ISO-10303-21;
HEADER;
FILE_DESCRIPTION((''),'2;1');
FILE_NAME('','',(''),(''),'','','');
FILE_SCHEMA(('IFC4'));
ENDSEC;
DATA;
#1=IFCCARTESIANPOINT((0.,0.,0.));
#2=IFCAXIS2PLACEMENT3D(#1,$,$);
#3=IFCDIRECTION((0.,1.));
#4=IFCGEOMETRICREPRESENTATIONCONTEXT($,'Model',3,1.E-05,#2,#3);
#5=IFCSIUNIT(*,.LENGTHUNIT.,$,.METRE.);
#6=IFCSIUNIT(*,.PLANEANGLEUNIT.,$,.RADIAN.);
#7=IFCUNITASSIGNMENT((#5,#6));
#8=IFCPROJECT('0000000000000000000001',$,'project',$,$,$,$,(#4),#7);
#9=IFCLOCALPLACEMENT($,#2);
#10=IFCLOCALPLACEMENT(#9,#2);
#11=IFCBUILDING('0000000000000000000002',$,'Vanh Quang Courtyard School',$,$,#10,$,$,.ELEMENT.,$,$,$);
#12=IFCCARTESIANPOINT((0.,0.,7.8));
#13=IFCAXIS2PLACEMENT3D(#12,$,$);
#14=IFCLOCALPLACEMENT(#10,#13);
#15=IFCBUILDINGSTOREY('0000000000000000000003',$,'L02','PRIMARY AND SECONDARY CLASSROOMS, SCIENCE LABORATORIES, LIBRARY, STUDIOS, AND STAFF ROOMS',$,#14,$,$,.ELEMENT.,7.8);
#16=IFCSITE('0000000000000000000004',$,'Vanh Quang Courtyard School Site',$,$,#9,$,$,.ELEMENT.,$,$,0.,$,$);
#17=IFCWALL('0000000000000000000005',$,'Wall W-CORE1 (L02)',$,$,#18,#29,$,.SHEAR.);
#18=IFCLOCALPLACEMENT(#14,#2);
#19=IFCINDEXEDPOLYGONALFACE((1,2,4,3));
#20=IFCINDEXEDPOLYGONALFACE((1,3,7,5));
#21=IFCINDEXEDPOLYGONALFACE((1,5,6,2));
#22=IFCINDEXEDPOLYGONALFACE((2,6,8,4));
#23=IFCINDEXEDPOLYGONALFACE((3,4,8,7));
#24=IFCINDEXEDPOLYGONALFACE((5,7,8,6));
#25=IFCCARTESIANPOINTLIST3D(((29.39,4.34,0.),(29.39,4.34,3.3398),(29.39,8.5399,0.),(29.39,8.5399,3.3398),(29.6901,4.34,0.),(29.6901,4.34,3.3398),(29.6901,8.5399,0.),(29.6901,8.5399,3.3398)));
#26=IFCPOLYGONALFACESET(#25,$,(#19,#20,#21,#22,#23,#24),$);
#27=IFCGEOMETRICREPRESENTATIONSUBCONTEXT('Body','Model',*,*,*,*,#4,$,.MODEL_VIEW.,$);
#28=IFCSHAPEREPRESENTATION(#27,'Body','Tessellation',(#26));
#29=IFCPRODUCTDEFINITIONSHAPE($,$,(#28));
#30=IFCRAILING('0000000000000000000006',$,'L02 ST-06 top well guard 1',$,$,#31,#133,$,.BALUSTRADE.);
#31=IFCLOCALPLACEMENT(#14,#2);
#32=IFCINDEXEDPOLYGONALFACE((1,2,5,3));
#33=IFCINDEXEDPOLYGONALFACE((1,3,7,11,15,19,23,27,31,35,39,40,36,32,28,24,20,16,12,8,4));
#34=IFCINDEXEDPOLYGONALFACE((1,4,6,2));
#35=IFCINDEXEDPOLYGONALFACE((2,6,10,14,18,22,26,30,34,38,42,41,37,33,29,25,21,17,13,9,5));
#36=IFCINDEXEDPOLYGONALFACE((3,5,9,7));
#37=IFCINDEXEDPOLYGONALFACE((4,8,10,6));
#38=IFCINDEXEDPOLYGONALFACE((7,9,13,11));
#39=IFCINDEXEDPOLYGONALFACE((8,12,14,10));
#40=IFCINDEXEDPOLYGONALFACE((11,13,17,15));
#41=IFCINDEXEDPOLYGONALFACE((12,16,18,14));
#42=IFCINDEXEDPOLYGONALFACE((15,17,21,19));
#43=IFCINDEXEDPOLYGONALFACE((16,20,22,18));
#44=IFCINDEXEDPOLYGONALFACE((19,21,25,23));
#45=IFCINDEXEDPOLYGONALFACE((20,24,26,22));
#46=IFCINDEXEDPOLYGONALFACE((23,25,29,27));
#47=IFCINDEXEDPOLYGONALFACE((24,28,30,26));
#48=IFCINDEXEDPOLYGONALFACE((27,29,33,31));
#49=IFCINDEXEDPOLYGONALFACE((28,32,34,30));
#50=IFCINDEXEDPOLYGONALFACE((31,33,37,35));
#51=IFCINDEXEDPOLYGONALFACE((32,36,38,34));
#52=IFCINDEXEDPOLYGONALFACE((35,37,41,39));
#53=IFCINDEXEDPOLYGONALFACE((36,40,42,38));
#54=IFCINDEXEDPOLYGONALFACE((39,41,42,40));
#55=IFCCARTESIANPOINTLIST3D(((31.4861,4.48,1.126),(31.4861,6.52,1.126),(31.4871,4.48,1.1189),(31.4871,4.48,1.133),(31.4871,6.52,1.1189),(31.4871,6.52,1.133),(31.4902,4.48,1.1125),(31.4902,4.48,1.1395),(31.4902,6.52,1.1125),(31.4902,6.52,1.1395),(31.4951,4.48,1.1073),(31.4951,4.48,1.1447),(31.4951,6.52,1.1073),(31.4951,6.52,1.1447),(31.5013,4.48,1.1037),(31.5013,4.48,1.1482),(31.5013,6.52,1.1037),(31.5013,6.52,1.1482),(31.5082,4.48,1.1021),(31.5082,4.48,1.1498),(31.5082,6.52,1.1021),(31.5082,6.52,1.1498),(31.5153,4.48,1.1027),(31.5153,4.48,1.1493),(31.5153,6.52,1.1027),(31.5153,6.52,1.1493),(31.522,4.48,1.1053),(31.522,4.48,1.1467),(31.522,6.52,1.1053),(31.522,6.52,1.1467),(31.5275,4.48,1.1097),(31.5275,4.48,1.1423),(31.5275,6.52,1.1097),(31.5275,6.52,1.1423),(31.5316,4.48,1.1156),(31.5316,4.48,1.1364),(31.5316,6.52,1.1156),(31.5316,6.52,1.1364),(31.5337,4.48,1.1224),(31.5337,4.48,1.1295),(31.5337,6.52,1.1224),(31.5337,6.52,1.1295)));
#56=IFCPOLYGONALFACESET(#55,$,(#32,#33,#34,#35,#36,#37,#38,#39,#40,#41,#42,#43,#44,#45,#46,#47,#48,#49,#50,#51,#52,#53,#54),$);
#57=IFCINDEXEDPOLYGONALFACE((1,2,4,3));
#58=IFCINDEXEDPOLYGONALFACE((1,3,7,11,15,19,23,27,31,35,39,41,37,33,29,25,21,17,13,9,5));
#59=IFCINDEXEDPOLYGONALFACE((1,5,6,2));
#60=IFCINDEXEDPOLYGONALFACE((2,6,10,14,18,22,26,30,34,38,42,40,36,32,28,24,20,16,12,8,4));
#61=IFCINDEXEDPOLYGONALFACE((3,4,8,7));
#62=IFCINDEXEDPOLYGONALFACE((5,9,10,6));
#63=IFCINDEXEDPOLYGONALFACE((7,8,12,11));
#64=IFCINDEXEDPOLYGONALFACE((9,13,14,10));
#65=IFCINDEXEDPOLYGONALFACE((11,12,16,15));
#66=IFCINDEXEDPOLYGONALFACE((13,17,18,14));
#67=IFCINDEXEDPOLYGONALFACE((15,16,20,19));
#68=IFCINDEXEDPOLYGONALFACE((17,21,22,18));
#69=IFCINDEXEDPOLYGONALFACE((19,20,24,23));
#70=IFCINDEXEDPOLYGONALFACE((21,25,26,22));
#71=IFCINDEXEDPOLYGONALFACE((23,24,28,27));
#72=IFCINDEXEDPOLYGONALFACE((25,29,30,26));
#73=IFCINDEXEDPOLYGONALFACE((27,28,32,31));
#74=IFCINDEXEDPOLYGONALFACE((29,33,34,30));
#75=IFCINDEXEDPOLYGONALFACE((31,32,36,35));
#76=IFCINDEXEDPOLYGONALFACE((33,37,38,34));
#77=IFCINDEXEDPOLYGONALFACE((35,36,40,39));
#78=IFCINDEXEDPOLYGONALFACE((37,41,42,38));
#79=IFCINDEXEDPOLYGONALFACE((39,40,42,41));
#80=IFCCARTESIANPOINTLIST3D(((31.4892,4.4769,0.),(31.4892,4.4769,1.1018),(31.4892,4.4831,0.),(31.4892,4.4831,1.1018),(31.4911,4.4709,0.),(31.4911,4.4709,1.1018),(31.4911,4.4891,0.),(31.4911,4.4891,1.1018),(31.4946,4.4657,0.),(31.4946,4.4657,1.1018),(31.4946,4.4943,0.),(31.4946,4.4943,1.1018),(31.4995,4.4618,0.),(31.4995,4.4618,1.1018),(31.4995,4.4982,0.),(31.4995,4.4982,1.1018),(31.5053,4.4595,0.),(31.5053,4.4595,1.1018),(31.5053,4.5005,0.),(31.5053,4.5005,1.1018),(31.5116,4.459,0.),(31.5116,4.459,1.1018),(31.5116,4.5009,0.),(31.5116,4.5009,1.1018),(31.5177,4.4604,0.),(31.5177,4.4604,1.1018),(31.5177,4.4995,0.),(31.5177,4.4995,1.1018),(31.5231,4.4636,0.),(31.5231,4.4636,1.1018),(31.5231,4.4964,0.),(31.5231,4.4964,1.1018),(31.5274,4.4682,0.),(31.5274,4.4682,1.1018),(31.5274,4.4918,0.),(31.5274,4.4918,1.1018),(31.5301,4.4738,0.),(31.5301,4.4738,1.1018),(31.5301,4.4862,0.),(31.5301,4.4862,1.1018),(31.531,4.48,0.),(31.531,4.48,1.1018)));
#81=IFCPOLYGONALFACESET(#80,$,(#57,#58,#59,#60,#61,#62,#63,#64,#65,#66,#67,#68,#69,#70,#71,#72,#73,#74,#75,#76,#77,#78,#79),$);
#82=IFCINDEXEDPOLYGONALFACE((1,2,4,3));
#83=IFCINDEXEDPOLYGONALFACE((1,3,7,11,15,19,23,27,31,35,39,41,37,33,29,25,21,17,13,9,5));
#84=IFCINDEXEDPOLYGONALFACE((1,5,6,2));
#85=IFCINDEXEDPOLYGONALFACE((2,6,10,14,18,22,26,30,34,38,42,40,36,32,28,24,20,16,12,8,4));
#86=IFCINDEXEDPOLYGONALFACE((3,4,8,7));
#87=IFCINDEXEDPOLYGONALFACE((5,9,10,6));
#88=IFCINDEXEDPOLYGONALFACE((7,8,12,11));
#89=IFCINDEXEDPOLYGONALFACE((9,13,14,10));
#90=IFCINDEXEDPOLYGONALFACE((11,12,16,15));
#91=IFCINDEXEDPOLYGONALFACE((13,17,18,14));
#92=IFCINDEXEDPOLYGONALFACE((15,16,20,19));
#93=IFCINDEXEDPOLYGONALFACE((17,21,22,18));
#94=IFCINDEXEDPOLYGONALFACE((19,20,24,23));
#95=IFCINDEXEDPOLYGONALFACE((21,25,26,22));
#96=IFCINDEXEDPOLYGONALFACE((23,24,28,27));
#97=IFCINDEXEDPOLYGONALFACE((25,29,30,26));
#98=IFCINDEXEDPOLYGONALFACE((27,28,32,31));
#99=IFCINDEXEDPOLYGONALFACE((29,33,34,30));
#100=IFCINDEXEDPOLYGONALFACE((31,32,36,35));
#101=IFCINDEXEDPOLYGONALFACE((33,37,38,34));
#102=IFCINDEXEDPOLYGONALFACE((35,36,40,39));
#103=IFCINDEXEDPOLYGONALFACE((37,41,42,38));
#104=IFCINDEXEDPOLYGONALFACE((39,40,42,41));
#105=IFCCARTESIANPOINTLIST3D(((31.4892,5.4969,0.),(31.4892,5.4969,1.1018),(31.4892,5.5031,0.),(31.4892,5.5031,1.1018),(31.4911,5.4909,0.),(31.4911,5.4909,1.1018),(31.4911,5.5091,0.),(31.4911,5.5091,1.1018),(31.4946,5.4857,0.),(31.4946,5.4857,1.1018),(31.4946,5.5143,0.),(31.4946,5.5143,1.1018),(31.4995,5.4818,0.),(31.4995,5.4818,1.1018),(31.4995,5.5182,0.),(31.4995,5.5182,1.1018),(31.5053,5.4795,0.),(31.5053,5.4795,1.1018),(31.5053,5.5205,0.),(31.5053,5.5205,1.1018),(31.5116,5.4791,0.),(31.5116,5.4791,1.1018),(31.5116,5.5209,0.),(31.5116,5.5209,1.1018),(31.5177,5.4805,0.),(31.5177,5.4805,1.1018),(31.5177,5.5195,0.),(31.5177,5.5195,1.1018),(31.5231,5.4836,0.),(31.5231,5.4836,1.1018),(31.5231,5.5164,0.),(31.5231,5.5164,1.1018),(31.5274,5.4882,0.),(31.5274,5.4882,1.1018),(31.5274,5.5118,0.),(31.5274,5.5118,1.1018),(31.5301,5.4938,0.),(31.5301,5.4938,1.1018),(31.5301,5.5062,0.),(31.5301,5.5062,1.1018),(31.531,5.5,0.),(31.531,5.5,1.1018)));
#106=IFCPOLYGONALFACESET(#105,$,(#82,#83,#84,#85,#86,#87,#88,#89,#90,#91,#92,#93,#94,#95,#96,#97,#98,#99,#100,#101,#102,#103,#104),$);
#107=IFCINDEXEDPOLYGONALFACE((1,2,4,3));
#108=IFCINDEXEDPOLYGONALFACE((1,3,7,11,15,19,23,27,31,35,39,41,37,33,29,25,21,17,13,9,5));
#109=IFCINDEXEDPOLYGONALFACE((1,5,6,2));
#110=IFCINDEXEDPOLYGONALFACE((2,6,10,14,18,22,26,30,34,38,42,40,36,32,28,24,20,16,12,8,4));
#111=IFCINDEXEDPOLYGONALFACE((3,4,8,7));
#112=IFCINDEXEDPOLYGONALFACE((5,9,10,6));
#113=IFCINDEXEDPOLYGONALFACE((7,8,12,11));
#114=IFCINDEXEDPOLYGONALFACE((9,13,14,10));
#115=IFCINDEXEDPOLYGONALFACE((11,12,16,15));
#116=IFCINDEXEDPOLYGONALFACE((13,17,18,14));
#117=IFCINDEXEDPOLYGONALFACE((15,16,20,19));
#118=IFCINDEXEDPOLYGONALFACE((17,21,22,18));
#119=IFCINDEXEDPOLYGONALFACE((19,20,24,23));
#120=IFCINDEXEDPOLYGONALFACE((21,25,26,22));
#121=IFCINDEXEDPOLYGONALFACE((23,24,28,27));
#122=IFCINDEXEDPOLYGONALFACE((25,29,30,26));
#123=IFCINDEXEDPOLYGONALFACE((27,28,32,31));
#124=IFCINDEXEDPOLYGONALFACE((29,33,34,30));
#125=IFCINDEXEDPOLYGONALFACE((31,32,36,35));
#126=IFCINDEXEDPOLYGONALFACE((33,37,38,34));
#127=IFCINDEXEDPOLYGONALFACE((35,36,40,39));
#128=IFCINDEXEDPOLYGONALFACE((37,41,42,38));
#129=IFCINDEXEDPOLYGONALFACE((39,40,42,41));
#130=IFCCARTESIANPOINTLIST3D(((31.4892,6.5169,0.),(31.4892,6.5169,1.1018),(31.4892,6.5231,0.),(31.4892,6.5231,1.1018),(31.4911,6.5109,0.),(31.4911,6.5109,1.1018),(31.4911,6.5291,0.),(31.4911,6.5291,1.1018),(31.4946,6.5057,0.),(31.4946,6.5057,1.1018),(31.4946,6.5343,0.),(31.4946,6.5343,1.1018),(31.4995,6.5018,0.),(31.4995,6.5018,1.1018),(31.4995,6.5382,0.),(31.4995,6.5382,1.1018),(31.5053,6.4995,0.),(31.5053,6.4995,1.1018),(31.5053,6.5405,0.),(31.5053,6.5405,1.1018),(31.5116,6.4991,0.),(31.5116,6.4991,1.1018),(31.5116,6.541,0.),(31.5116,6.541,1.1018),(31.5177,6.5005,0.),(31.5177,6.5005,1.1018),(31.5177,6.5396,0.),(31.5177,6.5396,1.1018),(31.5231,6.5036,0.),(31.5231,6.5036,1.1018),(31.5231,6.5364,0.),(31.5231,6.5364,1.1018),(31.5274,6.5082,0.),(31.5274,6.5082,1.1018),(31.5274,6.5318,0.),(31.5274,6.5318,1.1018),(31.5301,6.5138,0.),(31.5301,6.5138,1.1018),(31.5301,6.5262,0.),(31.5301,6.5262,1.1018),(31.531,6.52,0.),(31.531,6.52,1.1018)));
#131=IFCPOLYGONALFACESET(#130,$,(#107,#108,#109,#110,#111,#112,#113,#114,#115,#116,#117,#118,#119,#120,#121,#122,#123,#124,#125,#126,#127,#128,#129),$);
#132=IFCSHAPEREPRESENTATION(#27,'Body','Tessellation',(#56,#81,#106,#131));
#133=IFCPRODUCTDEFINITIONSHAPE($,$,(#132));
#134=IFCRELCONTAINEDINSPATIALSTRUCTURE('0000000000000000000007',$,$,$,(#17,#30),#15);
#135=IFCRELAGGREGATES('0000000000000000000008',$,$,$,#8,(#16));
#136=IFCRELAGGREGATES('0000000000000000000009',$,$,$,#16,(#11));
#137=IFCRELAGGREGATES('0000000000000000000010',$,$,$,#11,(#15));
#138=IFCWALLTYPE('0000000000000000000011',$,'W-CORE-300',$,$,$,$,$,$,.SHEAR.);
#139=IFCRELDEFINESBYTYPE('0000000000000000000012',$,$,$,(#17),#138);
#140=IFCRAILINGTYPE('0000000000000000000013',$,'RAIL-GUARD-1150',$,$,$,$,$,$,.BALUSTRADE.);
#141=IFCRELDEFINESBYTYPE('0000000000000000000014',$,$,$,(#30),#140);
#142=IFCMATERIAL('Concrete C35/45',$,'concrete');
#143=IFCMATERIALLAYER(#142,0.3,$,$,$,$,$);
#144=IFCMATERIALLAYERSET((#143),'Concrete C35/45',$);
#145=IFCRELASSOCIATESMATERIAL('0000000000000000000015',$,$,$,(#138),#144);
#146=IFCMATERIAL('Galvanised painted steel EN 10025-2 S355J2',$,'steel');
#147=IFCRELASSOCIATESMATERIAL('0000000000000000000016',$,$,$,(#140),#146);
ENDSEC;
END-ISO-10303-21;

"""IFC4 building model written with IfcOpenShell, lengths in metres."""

from ifc_helpers import new_model, si_unit, direction, frame, frame_2d, origin, origin_2d, place, context, subcontext, project, spatial, rectangle, circle, extrude, material, layer, layer_set, type_object, element, save


model = new_model("IFC4")

# Units and contexts
model_context = context("Model", 3, precision=1e-05, world=origin(), true_north=direction((0.0, 1.0)))
body_context = subcontext(model_context, "Body", "Model", "MODEL_VIEW")
ifc_project = project(units=[si_unit("LENGTHUNIT", "METRE"), si_unit("PLANEANGLEUNIT", "RADIAN")], contexts=[model_context])

# Site, building, storey
site_placement = place(None, origin())
site = spatial("IfcSite", under=ifc_project, at=site_placement, Name="Vanh Quang Courtyard School Site", CompositionType="ELEMENT", RefElevation=0.0)
building_placement = place(site_placement, origin())
building = spatial("IfcBuilding", under=site, at=building_placement, Name="Vanh Quang Courtyard School", CompositionType="ELEMENT")
storey_placement = place(building_placement, frame((0.0, 0.0, 7.8)))
storey = spatial("IfcBuildingStorey", under=building, at=storey_placement, Name="L02", Description="PRIMARY AND SECONDARY CLASSROOMS, SCIENCE LABORATORIES, LIBRARY, STUDIOS, AND STAFF ROOMS", CompositionType="ELEMENT", Elevation=7.8)

# Shared definitions
ifc_material_1 = material(Name="Concrete C35/45", Category="concrete")

# Shared definitions
ifc_layer_1 = layer(ifc_material_1, 0.3)
ifc_layer_set_1 = layer_set([ifc_layer_1], Name="Concrete C35/45")
wall_type = type_object("IfcWallType", Name="W-CORE-300", PredefinedType="SHEAR", material=ifc_layer_set_1)

# Wall
wall_1_placement = place(storey_placement, frame((29.54, 8.54, 0.0), z_axis=(0.0, 0.0, 1.0), x_axis=(0.0, -1.0, 0.0)))
element("IfcWall", 1, at=wall_1_placement, inside=storey, type_object=wall_type, Name="Wall W-CORE1 (L02)", PredefinedType="SHEAR", context=body_context, shape_type="SweptSolid", body=[
    extrude(rectangle(XDim=4.2, YDim=0.3, at=frame_2d((2.1001, 0.0))), origin(), (0.0, 0.0, 1.0), 3.3398),
])

# Railing
ifc_material_2 = material(Name="Galvanised painted steel EN 10025-2 S355J2", Category="steel")
railing_type = type_object("IfcRailingType", Name="RAIL-GUARD-1150", PredefinedType="BALUSTRADE", material=ifc_material_2)
railing_placement = place(storey_placement, frame((31.51, 4.48, 0.0)))
element("IfcRailing", 2, at=railing_placement, inside=storey, type_object=railing_type, Name="L02 ST-06 top well guard 1", PredefinedType="BALUSTRADE", context=body_context, shape_type="SweptSolid", body=[
    extrude(circle(Radius=0.0239, at=origin_2d()), frame((0.0, 0.0, 1.126), z_axis=(0.0, 1.0, 0.0), x_axis=(-1.0, 0.0, 0.0)), (0.0, 0.0, 1.0), 2.04),
    extrude(circle(Radius=0.021, at=origin_2d()), origin(), (0.0, 0.0, 1.0), 1.1018),
    extrude(circle(Radius=0.021, at=origin_2d()), frame((0.0, 1.02, 0.0)), (0.0, 0.0, 1.0), 1.1018),
    extrude(circle(Radius=0.021, at=origin_2d()), frame((0.0, 2.04, 0.0)), (0.0, 0.0, 1.0), 1.1018),
])

save(model, "model.ifc")
